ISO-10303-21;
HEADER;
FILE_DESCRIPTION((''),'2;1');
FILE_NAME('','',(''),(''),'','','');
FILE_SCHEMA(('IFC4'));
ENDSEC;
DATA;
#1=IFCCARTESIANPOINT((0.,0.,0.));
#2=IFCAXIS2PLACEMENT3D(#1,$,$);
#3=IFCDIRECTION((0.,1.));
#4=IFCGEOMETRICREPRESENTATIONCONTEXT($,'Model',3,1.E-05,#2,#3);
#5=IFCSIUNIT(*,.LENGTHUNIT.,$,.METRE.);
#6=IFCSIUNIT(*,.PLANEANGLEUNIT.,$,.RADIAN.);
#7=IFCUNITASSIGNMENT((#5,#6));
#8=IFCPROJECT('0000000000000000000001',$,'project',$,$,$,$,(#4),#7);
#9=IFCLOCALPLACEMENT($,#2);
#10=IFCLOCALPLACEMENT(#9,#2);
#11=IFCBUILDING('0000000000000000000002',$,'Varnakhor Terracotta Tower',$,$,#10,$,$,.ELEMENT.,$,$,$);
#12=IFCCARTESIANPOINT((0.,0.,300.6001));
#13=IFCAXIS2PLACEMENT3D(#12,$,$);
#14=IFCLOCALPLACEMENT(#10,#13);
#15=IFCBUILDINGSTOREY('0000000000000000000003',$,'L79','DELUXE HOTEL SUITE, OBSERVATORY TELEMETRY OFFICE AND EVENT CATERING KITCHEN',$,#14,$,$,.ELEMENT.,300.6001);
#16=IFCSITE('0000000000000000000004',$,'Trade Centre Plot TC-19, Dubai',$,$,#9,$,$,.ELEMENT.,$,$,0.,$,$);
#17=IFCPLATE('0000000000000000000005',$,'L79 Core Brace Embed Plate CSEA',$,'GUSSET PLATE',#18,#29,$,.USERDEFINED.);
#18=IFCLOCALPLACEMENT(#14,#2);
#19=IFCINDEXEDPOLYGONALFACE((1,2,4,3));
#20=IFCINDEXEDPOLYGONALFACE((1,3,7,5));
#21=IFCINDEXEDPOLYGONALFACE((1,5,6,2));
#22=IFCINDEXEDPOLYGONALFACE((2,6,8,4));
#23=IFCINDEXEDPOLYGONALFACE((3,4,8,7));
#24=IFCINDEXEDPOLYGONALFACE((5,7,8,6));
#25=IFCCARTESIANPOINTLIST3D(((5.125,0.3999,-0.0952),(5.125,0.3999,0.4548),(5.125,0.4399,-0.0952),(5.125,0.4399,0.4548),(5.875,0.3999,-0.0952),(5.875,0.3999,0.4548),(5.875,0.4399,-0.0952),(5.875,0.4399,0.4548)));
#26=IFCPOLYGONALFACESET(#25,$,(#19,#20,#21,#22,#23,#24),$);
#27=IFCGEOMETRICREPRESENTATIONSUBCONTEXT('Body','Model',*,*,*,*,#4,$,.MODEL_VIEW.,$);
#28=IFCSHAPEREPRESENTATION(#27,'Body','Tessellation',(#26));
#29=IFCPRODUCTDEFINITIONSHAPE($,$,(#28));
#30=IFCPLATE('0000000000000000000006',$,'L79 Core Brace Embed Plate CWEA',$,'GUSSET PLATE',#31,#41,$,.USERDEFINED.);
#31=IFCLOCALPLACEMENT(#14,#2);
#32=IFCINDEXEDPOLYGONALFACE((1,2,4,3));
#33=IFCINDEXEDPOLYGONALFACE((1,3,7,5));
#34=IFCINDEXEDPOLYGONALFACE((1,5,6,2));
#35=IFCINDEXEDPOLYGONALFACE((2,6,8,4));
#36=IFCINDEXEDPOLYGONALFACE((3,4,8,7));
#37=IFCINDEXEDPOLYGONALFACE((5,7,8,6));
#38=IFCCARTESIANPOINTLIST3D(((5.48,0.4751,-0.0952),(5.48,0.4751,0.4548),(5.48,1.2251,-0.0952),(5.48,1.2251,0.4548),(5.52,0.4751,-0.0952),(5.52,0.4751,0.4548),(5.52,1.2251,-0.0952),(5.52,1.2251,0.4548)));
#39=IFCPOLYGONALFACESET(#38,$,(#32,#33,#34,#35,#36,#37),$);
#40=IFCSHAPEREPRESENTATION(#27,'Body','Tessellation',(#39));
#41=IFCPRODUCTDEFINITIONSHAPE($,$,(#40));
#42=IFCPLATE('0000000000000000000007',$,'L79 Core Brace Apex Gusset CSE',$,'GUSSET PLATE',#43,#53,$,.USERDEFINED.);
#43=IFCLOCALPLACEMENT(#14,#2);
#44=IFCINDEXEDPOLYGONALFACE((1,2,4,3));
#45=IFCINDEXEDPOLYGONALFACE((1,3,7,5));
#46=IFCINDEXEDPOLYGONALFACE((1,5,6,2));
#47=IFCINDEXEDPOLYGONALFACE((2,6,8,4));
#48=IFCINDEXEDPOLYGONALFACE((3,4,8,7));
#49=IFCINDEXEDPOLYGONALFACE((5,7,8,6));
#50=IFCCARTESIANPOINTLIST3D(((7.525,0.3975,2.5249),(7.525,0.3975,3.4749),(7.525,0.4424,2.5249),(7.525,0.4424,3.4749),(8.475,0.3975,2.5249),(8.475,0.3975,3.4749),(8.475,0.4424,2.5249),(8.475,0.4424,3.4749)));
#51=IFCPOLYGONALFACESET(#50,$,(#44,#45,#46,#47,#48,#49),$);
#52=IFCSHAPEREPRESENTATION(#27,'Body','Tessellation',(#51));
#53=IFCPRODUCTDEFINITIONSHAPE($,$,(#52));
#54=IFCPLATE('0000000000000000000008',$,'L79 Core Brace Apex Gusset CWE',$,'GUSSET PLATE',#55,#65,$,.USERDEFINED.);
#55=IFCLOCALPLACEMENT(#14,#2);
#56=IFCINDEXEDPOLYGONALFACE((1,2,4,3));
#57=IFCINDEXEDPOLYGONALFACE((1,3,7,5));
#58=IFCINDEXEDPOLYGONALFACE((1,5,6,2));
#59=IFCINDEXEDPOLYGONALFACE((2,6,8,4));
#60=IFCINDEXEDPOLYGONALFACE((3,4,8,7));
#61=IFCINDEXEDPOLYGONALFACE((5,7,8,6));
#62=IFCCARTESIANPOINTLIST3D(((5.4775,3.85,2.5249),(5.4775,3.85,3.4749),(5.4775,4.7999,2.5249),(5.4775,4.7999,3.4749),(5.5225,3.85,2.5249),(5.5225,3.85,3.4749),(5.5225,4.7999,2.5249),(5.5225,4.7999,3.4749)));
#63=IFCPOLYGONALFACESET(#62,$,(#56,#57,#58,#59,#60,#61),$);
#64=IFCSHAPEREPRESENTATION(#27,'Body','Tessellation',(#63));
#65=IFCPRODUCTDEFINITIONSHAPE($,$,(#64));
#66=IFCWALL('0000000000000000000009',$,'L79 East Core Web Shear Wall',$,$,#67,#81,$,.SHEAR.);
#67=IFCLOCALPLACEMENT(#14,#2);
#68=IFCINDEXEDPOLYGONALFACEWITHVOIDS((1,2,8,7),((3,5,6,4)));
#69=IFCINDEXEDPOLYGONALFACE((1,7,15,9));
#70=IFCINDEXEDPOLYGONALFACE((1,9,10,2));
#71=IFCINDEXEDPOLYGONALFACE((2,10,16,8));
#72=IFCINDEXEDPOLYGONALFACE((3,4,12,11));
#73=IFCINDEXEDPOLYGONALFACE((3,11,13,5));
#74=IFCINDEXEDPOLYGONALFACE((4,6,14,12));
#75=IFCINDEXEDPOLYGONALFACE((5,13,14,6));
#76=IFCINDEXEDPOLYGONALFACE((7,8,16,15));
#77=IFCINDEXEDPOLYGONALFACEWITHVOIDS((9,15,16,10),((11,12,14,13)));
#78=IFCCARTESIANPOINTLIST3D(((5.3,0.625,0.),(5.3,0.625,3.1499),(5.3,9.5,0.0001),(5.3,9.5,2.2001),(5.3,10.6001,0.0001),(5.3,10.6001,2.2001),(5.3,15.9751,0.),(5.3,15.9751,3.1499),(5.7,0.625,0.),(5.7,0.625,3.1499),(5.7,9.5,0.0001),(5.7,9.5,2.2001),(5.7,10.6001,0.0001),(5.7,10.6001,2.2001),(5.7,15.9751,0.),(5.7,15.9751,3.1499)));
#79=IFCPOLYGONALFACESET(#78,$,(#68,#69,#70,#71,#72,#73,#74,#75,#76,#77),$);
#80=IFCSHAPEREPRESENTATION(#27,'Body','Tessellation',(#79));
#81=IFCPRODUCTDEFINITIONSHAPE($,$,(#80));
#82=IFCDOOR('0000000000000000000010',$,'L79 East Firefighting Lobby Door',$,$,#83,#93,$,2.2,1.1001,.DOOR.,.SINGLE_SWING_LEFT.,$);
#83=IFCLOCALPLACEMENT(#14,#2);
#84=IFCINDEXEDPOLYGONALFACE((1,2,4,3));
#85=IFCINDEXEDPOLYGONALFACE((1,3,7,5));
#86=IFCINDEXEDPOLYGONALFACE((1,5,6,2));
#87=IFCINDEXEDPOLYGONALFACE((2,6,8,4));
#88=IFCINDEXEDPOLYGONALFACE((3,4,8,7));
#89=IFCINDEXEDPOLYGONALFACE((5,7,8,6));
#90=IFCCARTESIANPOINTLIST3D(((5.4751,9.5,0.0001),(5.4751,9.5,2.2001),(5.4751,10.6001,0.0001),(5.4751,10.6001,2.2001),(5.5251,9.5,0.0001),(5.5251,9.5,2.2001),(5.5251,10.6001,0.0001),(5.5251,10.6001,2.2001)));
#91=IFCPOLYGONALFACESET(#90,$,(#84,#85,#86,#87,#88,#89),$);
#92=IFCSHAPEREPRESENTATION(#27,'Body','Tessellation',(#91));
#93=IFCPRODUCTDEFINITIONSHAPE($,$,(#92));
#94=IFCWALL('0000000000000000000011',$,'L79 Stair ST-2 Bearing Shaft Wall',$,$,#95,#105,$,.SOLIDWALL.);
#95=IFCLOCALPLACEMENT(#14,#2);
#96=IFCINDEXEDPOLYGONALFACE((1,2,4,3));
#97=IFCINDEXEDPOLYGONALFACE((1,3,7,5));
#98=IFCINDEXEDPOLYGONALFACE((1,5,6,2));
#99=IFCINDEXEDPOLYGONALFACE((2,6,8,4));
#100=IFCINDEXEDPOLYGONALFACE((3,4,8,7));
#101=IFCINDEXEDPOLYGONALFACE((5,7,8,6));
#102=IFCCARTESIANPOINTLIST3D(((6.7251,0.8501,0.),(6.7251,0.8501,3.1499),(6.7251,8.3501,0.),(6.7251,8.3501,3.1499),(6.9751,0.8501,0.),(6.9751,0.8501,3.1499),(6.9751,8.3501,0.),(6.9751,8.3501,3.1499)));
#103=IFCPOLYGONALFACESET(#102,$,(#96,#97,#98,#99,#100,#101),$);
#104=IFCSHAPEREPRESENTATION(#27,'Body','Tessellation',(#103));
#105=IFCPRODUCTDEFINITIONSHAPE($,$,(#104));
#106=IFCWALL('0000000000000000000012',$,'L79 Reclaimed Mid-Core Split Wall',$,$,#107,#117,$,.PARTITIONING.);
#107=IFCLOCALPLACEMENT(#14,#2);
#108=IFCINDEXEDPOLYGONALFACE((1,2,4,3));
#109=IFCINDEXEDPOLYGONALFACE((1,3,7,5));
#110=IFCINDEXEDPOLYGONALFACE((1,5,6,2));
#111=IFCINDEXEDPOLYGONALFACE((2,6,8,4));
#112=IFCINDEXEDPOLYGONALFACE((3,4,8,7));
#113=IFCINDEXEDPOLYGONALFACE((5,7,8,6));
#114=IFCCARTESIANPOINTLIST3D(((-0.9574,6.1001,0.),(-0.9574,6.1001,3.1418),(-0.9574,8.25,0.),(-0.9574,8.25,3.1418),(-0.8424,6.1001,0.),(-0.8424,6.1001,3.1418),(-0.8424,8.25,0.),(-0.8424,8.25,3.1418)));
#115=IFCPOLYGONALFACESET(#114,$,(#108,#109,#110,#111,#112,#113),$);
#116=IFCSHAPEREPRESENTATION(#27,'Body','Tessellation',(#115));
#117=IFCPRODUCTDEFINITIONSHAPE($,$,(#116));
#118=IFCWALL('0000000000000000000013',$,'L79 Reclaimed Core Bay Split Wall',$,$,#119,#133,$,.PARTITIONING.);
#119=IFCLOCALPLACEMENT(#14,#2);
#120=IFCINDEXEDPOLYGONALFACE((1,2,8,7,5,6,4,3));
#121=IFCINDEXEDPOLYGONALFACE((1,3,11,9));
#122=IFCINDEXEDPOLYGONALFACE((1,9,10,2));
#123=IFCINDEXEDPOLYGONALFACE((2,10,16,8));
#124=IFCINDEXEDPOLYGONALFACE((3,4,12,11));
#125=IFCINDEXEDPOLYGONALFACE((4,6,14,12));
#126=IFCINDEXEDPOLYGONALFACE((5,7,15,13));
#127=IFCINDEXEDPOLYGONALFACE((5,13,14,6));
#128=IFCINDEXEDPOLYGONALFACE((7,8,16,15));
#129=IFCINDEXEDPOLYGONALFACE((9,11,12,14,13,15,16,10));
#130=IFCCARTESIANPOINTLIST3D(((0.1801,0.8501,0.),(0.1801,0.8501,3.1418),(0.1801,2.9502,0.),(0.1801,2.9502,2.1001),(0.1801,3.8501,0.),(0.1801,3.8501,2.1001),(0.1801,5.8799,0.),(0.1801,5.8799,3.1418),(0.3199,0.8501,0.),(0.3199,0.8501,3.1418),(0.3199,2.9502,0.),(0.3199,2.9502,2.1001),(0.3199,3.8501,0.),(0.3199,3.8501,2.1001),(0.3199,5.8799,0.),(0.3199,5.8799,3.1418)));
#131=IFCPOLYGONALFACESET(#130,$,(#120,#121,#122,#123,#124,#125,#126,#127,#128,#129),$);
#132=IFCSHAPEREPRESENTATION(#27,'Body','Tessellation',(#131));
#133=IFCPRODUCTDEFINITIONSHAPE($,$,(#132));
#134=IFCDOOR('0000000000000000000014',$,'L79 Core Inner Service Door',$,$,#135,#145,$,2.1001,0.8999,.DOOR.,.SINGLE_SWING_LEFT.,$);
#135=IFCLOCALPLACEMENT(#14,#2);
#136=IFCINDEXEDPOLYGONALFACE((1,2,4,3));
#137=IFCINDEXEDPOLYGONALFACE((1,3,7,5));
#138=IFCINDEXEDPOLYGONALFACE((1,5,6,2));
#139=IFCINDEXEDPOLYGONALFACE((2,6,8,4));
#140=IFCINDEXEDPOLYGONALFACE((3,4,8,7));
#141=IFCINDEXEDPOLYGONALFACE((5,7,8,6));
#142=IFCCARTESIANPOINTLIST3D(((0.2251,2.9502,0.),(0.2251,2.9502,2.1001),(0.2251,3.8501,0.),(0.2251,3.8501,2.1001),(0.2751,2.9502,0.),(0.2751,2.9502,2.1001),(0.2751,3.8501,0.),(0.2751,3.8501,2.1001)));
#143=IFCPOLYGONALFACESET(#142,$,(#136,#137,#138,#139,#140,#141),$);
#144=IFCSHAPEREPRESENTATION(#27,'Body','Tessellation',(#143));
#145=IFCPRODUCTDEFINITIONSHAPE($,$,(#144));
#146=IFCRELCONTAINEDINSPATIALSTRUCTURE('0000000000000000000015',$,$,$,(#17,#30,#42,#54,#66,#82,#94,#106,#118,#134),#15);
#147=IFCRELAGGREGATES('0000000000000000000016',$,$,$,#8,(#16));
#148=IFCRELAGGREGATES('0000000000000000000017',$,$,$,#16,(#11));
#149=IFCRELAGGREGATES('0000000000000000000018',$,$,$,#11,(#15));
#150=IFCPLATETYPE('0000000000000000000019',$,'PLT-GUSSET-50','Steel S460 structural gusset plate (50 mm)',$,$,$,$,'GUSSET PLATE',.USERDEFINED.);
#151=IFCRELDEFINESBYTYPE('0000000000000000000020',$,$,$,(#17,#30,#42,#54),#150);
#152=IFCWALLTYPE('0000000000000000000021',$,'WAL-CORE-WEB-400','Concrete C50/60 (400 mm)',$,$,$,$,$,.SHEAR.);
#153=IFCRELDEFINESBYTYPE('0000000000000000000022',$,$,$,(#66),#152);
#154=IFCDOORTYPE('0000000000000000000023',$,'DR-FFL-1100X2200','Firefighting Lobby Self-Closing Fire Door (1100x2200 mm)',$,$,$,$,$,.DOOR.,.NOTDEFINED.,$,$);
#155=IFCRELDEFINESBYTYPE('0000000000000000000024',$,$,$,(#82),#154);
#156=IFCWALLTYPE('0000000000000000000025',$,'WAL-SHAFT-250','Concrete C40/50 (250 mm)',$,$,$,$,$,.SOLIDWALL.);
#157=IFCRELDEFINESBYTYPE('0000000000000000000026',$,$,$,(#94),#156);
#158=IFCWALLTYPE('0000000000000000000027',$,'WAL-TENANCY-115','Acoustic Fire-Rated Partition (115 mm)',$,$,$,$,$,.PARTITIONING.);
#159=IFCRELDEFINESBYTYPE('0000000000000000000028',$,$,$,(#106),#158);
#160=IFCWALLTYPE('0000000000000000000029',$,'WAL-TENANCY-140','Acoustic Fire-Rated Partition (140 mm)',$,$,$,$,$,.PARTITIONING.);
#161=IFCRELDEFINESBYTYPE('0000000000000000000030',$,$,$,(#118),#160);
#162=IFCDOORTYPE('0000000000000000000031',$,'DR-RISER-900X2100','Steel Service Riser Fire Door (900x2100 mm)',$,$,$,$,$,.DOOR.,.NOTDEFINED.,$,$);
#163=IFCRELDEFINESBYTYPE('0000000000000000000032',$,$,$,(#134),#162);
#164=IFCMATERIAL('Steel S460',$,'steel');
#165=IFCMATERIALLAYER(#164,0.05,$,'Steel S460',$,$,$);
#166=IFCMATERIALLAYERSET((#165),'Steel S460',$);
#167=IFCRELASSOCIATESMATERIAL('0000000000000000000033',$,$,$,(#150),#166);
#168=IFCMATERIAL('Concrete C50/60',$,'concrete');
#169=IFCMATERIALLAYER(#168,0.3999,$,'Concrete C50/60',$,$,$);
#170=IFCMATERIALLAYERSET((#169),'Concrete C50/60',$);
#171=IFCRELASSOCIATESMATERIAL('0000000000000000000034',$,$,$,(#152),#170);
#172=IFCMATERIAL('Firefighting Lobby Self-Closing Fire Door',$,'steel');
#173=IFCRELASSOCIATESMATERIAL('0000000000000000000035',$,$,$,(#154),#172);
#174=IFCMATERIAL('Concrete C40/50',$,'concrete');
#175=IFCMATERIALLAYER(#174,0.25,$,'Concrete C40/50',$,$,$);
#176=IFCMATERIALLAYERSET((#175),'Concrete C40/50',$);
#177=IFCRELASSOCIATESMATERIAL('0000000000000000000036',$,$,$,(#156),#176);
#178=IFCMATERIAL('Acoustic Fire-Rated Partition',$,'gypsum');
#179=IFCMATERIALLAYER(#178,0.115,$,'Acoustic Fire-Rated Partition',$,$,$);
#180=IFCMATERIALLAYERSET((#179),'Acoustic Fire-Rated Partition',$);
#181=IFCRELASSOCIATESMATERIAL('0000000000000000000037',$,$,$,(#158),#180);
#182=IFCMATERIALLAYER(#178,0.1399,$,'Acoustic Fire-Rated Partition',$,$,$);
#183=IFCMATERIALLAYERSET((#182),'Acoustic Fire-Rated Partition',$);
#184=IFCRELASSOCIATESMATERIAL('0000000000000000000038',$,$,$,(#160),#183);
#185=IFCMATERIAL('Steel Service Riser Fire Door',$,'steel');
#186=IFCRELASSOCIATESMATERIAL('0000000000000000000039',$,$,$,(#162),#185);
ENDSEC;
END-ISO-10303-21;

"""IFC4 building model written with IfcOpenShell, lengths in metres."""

from ifc_helpers import new_model, si_unit, direction, frame, frame_2d, origin, origin_2d, place, context, subcontext, project, spatial, rectangle, extrude, source, transform, mapped, material, layer, layer_set, type_object, type_shapes, element, fill, save


model = new_model("IFC4")

# Units and contexts
model_context = context("Model", 3, precision=1e-05, world=origin(), true_north=direction((0.0, 1.0)))
body_context = subcontext(model_context, "Body", "Model", "MODEL_VIEW")
ifc_project = project(units=[si_unit("LENGTHUNIT", "METRE"), si_unit("PLANEANGLEUNIT", "RADIAN")], contexts=[model_context])

# Site, building, storey
site_placement = place(None, origin())
site = spatial("IfcSite", under=ifc_project, at=site_placement, Name="Trade Centre Plot TC-19, Dubai", CompositionType="ELEMENT", RefElevation=0.0)
building_placement = place(site_placement, origin())
building = spatial("IfcBuilding", under=site, at=building_placement, Name="Varnakhor Terracotta Tower", CompositionType="ELEMENT")
storey_placement = place(building_placement, frame((0.0, 0.0, 300.6001)))
storey = spatial("IfcBuildingStorey", under=building, at=storey_placement, Name="L79", Description="DELUXE HOTEL SUITE, OBSERVATORY TELEMETRY OFFICE AND EVENT CATERING KITCHEN", CompositionType="ELEMENT", Elevation=300.6001)

# Shared definitions
ifc_material_1 = material(Name="Concrete C50/60", Category="concrete")

# Shared definitions
ifc_material_2 = material(Name="Concrete C40/50", Category="concrete")

# Plates
ifc_material_3 = material(Name="Steel S460", Category="steel")
ifc_layer_1 = layer(ifc_material_3, 0.05, Name="Steel S460")
ifc_layer_set_1 = layer_set([ifc_layer_1], Name="Steel S460")
plate_type = type_object("IfcPlateType", Name="PLT-GUSSET-50", Description="Steel S460 structural gusset plate (50 mm)", ElementType="GUSSET PLATE", PredefinedType="USERDEFINED", material=ifc_layer_set_1)
shared_shape_1 = source(origin(), body_context, "Body", "SweptSolid", [
    extrude(rectangle(XDim=0.75, YDim=0.04, at=origin_2d()), origin(), (0.0, 0.0, 1.0), 0.55),
])
type_shapes(plate_type, [shared_shape_1])
for number, where, z_axis, x_axis, name in (
    (1, (5.5, 0.4199, -0.0952), (0.0, 0.0, 1.0), (1.0, 0.0, 0.0), "L79 Core Brace Embed Plate CSEA"),
    (2, (5.5, 0.8501, -0.0952), (0.0, 0.0, 1.0), (0.0, 1.0, 0.0), "L79 Core Brace Embed Plate CWEA"),
):
    element("IfcPlate", number, at=place(storey_placement, frame(where, z_axis=z_axis, x_axis=x_axis)), inside=storey, type_object=plate_type, Name=name, ObjectType="GUSSET PLATE", PredefinedType="USERDEFINED", context=body_context, shape_type="MappedRepresentation", body=[
        mapped(shared_shape_1, transform((0.0, 0.0, 0.0), scale=1.0)),
    ])
shared_shape_2 = source(origin(), body_context, "Body", "SweptSolid", [
    extrude(rectangle(XDim=0.95, YDim=0.0449, at=origin_2d()), origin(), (0.0, 0.0, 1.0), 0.95),
])
for number, where, z_axis, x_axis, name in (
    (3, (8.0, 0.4199, 2.5249), (0.0, 0.0, 1.0), (1.0, 0.0, 0.0), "L79 Core Brace Apex Gusset CSE"),
    (4, (5.5, 4.325, 2.5249), (0.0, 0.0, 1.0), (0.0, 1.0, 0.0), "L79 Core Brace Apex Gusset CWE"),
):
    element("IfcPlate", number, at=place(storey_placement, frame(where, z_axis=z_axis, x_axis=x_axis)), inside=storey, type_object=plate_type, Name=name, ObjectType="GUSSET PLATE", PredefinedType="USERDEFINED", context=body_context, shape_type="MappedRepresentation", body=[
        mapped(shared_shape_2, transform((0.0, 0.0, 0.0), scale=1.0)),
    ])

# Wall, opening, door
ifc_layer_2 = layer(ifc_material_1, 0.3999, Name="Concrete C50/60")
ifc_layer_set_2 = layer_set([ifc_layer_2], Name="Concrete C50/60")
wall_type_1 = type_object("IfcWallType", Name="WAL-CORE-WEB-400", Description="Concrete C50/60 (400 mm)", PredefinedType="SHEAR", material=ifc_layer_set_2)
wall_1_placement = place(storey_placement, frame((5.5, 0.625, 0.0), z_axis=(0.0, 0.0, 1.0), x_axis=(0.0, 1.0, 0.0)))
wall_1 = element("IfcWall", 5, at=wall_1_placement, inside=storey, type_object=wall_type_1, Name="L79 East Core Web Shear Wall", PredefinedType="SHEAR", context=body_context, shape_type="SweptSolid", body=[
    extrude(rectangle(XDim=15.3501, YDim=0.3999, at=frame_2d((7.675, 0.0))), origin(), (0.0, 0.0, 1.0), 3.1499),
])
opening_1_placement = place(wall_1_placement, frame((8.875, 0.0, 0.0)))
opening_1 = element("IfcOpeningElement", 6, at=opening_1_placement, cuts=wall_1, PredefinedType="OPENING", context=body_context, shape_type="SweptSolid", body=[
    extrude(rectangle(XDim=1.1001, YDim=2.2, at=frame_2d((0.55, 1.1001))), frame((0.0, 0.21, 0.0), z_axis=(0.0, -1.0, 0.0), x_axis=(1.0, 0.0, 0.0)), (0.0, 0.0, 1.0), 0.4199),
])
ifc_material_4 = material(Name="Firefighting Lobby Self-Closing Fire Door", Category="steel")
door_type_1 = type_object("IfcDoorType", Name="DR-FFL-1100X2200", Description="Firefighting Lobby Self-Closing Fire Door (1100x2200 mm)", OperationType="NOTDEFINED", PredefinedType="DOOR", material=ifc_material_4)
shared_shape_3 = source(origin(), body_context, "Body", "SweptSolid", [
    extrude(rectangle(XDim=1.1001, YDim=2.2, at=frame_2d((0.55, 1.1001))), frame((0.0, 0.0249, 0.0), z_axis=(0.0, -1.0, 0.0), x_axis=(1.0, 0.0, 0.0)), (0.0, 0.0, 1.0), 0.05),
])
type_shapes(door_type_1, [shared_shape_3])
door_1_placement = place(opening_1_placement, origin())
door_1 = element("IfcDoor", 7, at=door_1_placement, inside=storey, type_object=door_type_1, Name="L79 East Firefighting Lobby Door", OperationType="SINGLE_SWING_LEFT", OverallHeight=2.2, OverallWidth=1.1001, PredefinedType="DOOR", context=body_context, shape_type="MappedRepresentation", body=[
    mapped(shared_shape_3, transform((0.0, 0.0, 0.0), scale=1.0)),
])
fill(opening_1, door_1)

# Walls
ifc_layer_3 = layer(ifc_material_2, 0.25, Name="Concrete C40/50")
ifc_layer_set_3 = layer_set([ifc_layer_3], Name="Concrete C40/50")
wall_type_2 = type_object("IfcWallType", Name="WAL-SHAFT-250", Description="Concrete C40/50 (250 mm)", PredefinedType="SOLIDWALL", material=ifc_layer_set_3)
wall_2_placement = place(storey_placement, frame((6.8501, 0.8501, 0.0), z_axis=(0.0, 0.0, 1.0), x_axis=(0.0, 1.0, 0.0)))
element("IfcWall", 8, at=wall_2_placement, inside=storey, type_object=wall_type_2, Name="L79 Stair ST-2 Bearing Shaft Wall", PredefinedType="SOLIDWALL", context=body_context, shape_type="SweptSolid", body=[
    extrude(rectangle(XDim=7.5, YDim=0.25, at=frame_2d((3.75, 0.0))), origin(), (0.0, 0.0, 1.0), 3.1499),
])
ifc_material_5 = material(Name="Acoustic Fire-Rated Partition", Category="gypsum")
ifc_layer_4 = layer(ifc_material_5, 0.115, Name="Acoustic Fire-Rated Partition")
ifc_layer_set_4 = layer_set([ifc_layer_4], Name="Acoustic Fire-Rated Partition")
wall_type_3 = type_object("IfcWallType", Name="WAL-TENANCY-115", Description="Acoustic Fire-Rated Partition (115 mm)", PredefinedType="PARTITIONING", material=ifc_layer_set_4)
wall_3_placement = place(storey_placement, frame((-0.8999, 6.1001, 0.0), z_axis=(0.0, 0.0, 1.0), x_axis=(0.0, 1.0, 0.0)))
element("IfcWall", 9, at=wall_3_placement, inside=storey, type_object=wall_type_3, Name="L79 Reclaimed Mid-Core Split Wall", PredefinedType="PARTITIONING", context=body_context, shape_type="SweptSolid", body=[
    extrude(rectangle(XDim=2.1499, YDim=0.115, at=frame_2d((1.075, 0.0))), origin(), (0.0, 0.0, 1.0), 3.1418),
])

# Wall, opening, door
ifc_layer_5 = layer(ifc_material_5, 0.1399, Name="Acoustic Fire-Rated Partition")
ifc_layer_set_5 = layer_set([ifc_layer_5], Name="Acoustic Fire-Rated Partition")
wall_type_4 = type_object("IfcWallType", Name="WAL-TENANCY-140", Description="Acoustic Fire-Rated Partition (140 mm)", PredefinedType="PARTITIONING", material=ifc_layer_set_5)
wall_4_placement = place(storey_placement, frame((0.25, 0.8501, 0.0), z_axis=(0.0, 0.0, 1.0), x_axis=(0.0, 1.0, 0.0)))
wall_4 = element("IfcWall", 10, at=wall_4_placement, inside=storey, type_object=wall_type_4, Name="L79 Reclaimed Core Bay Split Wall", PredefinedType="PARTITIONING", context=body_context, shape_type="SweptSolid", body=[
    extrude(rectangle(XDim=5.0298, YDim=0.1399, at=frame_2d((2.5149, 0.0))), origin(), (0.0, 0.0, 1.0), 3.1418),
])
opening_2_placement = place(wall_4_placement, frame((2.1001, 0.0, 0.0)))
opening_2 = element("IfcOpeningElement", 11, at=opening_2_placement, cuts=wall_4, PredefinedType="OPENING", context=body_context, shape_type="SweptSolid", body=[
    extrude(rectangle(XDim=0.8999, YDim=2.1001, at=frame_2d((0.45, 1.05))), frame((0.0, 0.0801, 0.0), z_axis=(0.0, -1.0, 0.0), x_axis=(1.0, 0.0, 0.0)), (0.0, 0.0, 1.0), 0.1599),
])
ifc_material_6 = material(Name="Steel Service Riser Fire Door", Category="steel")
door_type_2 = type_object("IfcDoorType", Name="DR-RISER-900X2100", Description="Steel Service Riser Fire Door (900x2100 mm)", OperationType="NOTDEFINED", PredefinedType="DOOR", material=ifc_material_6)
shared_shape_4 = source(origin(), body_context, "Body", "SweptSolid", [
    extrude(rectangle(XDim=0.8999, YDim=2.1001, at=frame_2d((0.45, 1.05))), frame((0.0, 0.0249, 0.0), z_axis=(0.0, -1.0, 0.0), x_axis=(1.0, 0.0, 0.0)), (0.0, 0.0, 1.0), 0.05),
])
type_shapes(door_type_2, [shared_shape_4])
door_2_placement = place(opening_2_placement, origin())
door_2 = element("IfcDoor", 12, at=door_2_placement, inside=storey, type_object=door_type_2, Name="L79 Core Inner Service Door", OperationType="SINGLE_SWING_LEFT", OverallHeight=2.1001, OverallWidth=0.8999, PredefinedType="DOOR", context=body_context, shape_type="MappedRepresentation", body=[
    mapped(shared_shape_4, transform((0.0, 0.0, 0.0), scale=1.0)),
])
fill(opening_2, door_2)

save(model, "model.ifc")
